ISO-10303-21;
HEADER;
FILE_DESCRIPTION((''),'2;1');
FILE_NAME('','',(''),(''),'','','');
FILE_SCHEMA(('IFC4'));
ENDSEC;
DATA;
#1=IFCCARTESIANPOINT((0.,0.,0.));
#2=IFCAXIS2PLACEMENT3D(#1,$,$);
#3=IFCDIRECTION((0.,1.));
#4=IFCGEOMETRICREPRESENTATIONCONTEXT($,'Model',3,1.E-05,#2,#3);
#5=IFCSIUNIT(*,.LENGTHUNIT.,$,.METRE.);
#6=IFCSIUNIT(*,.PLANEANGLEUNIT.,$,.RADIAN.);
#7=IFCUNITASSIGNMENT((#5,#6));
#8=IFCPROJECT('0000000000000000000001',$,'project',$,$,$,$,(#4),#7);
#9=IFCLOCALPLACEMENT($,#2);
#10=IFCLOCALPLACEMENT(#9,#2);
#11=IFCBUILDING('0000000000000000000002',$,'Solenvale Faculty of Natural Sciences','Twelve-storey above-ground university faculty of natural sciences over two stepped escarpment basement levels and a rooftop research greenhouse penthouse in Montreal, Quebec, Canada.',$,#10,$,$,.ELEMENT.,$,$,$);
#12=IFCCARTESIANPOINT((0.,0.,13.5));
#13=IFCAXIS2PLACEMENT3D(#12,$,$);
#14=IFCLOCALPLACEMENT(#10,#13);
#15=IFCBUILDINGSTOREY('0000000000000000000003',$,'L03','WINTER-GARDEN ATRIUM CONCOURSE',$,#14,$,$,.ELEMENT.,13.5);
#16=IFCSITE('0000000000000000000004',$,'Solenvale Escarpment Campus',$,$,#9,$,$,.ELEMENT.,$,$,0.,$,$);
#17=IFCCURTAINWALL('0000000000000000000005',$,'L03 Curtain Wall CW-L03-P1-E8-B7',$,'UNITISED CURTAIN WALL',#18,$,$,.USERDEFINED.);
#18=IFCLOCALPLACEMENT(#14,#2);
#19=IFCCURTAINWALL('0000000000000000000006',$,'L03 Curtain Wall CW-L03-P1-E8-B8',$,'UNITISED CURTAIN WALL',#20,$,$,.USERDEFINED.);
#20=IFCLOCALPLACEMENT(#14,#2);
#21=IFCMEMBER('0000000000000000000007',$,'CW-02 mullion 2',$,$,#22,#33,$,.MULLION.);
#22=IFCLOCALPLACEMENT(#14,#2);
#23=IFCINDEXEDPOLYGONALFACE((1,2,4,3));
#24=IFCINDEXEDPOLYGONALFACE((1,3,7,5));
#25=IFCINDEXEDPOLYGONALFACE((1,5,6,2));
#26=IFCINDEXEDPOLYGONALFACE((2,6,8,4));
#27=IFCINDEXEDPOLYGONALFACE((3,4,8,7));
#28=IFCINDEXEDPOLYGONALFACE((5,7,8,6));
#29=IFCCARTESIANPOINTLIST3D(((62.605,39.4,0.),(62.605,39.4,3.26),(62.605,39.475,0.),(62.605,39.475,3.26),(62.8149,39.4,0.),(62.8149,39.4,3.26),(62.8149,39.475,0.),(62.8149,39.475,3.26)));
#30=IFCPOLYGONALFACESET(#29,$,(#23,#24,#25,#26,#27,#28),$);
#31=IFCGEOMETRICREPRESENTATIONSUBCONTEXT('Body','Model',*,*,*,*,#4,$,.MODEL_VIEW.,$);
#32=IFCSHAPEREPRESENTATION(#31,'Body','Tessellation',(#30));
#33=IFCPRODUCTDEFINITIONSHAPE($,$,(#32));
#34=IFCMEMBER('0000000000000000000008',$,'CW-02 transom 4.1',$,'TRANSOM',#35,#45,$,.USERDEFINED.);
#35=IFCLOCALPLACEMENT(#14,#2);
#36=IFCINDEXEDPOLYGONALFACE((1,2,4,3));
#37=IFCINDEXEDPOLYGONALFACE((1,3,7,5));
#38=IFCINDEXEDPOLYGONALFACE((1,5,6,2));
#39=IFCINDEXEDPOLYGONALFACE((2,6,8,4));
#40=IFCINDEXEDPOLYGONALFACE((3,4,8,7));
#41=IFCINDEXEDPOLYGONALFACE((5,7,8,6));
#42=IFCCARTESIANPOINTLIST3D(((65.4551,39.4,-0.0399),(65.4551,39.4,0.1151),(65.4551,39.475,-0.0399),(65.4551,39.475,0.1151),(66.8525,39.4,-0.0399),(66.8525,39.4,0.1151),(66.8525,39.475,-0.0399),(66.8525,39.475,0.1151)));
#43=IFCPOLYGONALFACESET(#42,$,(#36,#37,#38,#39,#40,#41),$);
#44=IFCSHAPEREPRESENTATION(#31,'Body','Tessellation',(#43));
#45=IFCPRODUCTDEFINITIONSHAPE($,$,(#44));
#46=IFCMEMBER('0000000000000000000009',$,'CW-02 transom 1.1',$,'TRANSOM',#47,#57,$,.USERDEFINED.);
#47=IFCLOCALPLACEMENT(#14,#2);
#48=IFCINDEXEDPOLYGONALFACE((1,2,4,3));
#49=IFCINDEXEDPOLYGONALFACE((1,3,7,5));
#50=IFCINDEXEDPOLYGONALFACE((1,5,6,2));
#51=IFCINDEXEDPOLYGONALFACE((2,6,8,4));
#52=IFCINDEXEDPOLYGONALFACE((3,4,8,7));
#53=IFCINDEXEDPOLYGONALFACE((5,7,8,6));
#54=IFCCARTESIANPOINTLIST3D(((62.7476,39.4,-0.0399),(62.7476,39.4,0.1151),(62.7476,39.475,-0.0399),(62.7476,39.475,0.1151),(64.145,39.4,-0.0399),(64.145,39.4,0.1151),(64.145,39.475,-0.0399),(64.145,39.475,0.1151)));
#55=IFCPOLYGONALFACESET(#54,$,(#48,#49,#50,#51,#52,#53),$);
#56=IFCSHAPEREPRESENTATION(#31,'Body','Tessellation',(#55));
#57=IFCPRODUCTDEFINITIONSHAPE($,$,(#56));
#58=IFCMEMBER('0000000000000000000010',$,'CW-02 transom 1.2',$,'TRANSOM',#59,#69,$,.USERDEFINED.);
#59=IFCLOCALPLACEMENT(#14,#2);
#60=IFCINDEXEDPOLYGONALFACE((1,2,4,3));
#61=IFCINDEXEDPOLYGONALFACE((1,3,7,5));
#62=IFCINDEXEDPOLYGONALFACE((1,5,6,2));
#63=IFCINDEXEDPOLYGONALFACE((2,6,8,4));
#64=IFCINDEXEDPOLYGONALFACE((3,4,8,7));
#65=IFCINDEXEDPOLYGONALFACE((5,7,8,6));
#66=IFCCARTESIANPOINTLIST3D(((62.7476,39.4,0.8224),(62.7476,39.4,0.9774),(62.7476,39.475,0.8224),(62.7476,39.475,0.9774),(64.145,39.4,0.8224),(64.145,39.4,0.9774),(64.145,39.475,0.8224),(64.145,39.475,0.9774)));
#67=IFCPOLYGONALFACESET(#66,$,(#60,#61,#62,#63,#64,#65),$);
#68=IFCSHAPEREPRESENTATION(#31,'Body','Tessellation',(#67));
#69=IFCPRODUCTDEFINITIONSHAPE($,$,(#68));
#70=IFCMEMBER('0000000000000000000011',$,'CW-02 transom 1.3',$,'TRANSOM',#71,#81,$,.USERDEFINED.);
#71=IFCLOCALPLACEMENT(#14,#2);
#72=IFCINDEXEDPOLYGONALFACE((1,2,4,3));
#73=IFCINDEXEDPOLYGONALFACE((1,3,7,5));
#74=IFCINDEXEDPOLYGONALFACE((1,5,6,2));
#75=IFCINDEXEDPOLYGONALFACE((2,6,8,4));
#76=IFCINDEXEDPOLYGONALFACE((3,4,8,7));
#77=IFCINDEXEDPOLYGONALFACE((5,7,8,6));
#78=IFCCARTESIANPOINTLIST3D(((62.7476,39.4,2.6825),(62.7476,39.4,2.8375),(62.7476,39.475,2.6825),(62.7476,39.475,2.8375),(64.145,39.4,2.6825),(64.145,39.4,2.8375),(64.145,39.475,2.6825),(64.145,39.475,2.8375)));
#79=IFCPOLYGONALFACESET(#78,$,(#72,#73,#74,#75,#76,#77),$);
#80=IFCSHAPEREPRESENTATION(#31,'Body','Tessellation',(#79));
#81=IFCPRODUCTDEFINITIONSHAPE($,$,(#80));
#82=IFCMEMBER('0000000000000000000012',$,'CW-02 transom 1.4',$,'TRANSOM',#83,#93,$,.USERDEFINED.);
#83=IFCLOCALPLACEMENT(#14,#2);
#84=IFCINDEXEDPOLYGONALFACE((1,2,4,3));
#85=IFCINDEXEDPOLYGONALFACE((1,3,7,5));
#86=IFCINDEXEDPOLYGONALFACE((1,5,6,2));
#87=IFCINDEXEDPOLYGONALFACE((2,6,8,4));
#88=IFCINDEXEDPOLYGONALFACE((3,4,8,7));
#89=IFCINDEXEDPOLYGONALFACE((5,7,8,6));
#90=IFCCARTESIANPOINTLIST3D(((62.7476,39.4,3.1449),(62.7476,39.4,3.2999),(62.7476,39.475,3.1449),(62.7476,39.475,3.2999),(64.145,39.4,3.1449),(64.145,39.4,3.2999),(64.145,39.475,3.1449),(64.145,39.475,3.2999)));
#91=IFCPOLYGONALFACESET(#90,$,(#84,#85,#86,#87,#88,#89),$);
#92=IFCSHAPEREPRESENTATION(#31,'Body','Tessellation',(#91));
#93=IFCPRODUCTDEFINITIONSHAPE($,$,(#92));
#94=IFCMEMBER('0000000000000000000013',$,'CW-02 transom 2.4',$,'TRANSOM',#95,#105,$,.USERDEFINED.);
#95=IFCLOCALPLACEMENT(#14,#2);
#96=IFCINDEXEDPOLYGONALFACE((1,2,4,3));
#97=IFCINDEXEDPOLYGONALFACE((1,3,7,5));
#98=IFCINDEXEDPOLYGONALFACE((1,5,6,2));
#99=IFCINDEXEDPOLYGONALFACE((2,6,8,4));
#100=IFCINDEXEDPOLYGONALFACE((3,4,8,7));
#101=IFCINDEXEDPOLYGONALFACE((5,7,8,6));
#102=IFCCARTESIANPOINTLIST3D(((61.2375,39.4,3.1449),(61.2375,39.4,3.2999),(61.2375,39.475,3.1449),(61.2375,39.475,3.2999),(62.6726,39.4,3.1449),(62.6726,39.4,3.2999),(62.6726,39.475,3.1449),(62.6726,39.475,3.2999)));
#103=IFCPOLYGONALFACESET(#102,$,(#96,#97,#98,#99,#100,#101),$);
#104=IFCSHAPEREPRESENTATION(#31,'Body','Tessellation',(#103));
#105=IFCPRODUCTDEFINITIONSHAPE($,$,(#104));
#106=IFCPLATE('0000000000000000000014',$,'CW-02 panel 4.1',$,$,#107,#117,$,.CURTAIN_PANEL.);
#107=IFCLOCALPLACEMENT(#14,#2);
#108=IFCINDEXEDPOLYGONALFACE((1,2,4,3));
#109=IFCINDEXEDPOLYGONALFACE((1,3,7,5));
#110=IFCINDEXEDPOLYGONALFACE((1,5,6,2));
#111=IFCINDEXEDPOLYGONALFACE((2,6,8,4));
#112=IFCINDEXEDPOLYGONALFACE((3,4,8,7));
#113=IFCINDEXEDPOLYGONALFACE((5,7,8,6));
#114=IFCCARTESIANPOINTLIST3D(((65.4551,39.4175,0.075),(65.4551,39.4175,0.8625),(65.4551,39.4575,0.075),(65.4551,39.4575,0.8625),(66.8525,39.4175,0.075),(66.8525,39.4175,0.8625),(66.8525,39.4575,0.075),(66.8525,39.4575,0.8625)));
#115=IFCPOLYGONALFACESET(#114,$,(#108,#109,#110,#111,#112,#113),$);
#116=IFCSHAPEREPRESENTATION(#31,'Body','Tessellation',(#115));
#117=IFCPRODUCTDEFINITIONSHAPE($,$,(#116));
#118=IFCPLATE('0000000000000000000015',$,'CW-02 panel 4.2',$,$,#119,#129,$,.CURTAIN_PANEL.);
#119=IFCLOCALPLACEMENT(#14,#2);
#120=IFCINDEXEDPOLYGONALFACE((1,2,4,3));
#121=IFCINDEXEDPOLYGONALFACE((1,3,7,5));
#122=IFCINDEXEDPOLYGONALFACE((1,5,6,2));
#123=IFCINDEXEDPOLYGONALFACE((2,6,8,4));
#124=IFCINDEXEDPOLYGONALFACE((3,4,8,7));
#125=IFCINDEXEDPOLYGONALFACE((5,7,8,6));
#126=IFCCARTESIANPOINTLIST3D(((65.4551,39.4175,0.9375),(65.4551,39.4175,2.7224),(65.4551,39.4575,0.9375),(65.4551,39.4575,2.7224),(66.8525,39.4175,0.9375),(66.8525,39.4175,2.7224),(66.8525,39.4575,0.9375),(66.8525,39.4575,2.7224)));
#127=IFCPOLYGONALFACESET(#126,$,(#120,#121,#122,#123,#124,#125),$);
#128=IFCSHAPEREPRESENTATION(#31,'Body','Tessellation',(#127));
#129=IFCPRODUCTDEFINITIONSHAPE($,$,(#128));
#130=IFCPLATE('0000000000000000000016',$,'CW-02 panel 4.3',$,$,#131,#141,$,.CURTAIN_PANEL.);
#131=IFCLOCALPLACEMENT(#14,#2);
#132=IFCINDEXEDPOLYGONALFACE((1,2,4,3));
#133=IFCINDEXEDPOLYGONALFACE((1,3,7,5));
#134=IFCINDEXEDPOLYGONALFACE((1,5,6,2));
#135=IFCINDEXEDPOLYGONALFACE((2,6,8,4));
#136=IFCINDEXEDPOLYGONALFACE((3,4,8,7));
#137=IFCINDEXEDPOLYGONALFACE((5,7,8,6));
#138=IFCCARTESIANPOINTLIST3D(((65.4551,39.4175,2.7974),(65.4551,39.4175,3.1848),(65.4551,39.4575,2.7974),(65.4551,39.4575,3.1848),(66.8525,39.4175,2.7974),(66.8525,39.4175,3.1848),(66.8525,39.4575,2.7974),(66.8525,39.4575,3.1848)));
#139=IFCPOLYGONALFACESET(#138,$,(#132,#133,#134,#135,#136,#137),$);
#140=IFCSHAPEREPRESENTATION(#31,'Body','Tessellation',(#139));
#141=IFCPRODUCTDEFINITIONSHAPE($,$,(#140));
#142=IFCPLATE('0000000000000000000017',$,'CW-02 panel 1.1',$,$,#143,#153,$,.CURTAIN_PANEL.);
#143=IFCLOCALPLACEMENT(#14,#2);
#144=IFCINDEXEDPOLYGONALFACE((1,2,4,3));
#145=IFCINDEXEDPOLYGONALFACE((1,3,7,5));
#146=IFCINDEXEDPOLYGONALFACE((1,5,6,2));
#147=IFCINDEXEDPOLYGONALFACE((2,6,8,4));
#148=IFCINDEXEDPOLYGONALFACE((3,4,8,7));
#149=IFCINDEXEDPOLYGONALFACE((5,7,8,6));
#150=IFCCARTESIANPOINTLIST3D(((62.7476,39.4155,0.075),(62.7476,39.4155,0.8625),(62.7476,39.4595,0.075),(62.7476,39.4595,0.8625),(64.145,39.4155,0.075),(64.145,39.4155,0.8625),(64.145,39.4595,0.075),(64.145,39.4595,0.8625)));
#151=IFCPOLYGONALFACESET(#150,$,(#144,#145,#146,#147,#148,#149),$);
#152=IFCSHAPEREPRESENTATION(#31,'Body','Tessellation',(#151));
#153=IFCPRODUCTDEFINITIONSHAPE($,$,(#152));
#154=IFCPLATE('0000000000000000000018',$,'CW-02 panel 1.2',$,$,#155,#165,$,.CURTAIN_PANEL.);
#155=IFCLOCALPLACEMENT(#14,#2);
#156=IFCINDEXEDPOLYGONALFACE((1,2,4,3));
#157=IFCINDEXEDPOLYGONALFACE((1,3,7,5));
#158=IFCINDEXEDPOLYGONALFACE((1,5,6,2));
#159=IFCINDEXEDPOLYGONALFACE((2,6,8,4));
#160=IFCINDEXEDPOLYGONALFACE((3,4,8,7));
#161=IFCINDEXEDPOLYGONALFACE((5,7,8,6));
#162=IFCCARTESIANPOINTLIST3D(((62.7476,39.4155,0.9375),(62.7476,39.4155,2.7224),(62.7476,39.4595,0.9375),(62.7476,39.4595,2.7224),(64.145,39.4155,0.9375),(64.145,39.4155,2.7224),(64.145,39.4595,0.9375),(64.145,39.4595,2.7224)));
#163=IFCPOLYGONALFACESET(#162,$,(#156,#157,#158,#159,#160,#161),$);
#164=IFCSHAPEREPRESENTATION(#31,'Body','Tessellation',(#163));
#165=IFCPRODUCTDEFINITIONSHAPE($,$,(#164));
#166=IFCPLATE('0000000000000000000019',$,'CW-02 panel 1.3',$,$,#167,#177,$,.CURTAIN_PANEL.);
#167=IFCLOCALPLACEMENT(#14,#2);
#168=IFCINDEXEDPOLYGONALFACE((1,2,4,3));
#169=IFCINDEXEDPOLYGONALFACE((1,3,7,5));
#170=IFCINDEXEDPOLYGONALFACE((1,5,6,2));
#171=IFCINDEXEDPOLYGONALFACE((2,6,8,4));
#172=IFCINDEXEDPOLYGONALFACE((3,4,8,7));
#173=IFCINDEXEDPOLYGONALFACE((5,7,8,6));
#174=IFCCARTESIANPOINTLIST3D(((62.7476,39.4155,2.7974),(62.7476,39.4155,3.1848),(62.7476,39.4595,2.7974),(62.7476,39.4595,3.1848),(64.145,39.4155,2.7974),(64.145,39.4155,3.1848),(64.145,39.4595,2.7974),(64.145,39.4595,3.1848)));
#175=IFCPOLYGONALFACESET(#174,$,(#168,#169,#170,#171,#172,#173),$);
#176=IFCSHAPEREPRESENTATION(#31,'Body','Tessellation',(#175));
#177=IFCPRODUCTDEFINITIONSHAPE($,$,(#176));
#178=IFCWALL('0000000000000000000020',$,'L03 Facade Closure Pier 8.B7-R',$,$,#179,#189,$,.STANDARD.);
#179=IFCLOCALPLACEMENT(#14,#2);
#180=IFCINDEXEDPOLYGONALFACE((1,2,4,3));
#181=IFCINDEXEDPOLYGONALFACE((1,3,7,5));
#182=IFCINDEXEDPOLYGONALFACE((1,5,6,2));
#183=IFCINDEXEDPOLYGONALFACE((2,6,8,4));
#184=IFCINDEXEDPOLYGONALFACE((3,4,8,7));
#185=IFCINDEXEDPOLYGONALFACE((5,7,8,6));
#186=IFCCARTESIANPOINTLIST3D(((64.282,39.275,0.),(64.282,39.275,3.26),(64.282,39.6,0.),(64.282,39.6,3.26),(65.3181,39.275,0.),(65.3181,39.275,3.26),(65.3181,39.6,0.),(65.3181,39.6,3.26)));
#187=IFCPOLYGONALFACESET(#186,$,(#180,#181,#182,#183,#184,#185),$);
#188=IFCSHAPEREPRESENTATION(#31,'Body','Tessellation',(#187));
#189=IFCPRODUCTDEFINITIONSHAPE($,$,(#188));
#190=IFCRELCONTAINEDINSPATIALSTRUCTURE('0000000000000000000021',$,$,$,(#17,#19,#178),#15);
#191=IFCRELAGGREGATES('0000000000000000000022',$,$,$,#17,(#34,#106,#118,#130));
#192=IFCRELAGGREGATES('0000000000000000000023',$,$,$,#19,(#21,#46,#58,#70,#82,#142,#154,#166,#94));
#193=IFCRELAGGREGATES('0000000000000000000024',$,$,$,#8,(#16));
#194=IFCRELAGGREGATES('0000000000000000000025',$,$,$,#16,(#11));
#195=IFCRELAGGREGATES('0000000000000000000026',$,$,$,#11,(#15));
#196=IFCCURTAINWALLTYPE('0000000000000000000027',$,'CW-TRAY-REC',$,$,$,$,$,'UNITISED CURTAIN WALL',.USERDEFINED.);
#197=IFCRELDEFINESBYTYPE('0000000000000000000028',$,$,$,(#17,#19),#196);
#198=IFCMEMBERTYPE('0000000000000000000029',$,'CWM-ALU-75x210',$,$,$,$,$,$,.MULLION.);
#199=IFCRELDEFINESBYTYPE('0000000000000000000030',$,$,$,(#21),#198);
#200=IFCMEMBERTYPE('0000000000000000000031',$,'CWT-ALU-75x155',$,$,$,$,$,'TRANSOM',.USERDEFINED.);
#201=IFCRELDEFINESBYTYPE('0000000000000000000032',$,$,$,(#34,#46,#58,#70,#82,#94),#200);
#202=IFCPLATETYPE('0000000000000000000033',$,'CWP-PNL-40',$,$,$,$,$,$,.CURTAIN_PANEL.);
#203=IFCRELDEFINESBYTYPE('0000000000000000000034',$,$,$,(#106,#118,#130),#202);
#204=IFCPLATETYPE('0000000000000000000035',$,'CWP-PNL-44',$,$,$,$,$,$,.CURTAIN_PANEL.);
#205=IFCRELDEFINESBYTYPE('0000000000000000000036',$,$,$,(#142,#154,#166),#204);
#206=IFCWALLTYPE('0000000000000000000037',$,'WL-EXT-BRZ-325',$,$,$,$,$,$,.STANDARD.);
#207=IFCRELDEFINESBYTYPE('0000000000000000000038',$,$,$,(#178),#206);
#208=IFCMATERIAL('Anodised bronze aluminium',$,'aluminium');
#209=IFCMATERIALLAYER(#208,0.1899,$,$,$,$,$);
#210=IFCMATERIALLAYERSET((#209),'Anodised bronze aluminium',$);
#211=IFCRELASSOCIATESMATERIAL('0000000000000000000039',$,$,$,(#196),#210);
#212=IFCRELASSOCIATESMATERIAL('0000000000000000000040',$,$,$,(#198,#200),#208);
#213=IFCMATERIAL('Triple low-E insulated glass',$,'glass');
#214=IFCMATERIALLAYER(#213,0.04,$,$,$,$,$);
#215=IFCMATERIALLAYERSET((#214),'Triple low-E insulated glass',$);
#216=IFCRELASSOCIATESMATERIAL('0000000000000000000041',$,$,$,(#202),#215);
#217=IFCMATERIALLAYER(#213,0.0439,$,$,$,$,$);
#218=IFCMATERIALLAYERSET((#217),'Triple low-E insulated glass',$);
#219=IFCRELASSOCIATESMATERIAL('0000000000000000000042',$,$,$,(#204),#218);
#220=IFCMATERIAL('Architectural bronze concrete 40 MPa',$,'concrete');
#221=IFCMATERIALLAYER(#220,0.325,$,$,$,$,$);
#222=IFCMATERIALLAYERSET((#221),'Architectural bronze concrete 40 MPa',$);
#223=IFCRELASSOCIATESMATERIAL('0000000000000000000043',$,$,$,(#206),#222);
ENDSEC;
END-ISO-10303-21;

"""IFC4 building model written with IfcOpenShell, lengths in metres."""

from ifc_helpers import new_model, si_unit, direction, frame, frame_2d, origin, origin_2d, place, context, subcontext, project, spatial, rectangle, extrude, material, layer, layer_set, material_profile, profile_set, type_object, element, aggregate, save


model = new_model("IFC4")

# Units and contexts
model_context = context("Model", 3, precision=1e-05, world=origin(), true_north=direction((0.0, 1.0)))
body_context = subcontext(model_context, "Body", "Model", "MODEL_VIEW")
ifc_project = project(units=[si_unit("LENGTHUNIT", "METRE"), si_unit("PLANEANGLEUNIT", "RADIAN")], contexts=[model_context])

# Site, building, storey
site_placement = place(None, origin())
site = spatial("IfcSite", under=ifc_project, at=site_placement, Name="Solenvale Escarpment Campus", CompositionType="ELEMENT", RefElevation=0.0)
building_placement = place(site_placement, origin())
building = spatial("IfcBuilding", under=site, at=building_placement, Name="Solenvale Faculty of Natural Sciences", Description="Twelve-storey above-ground university faculty of natural sciences over two stepped escarpment basement levels and a rooftop research greenhouse penthouse in Montreal, Quebec, Canada.", CompositionType="ELEMENT")
storey_placement = place(building_placement, frame((0.0, 0.0, 13.5)))
storey = spatial("IfcBuildingStorey", under=building, at=storey_placement, Name="L03", Description="WINTER-GARDEN ATRIUM CONCOURSE", CompositionType="ELEMENT", Elevation=13.5)

# Shared definitions
ifc_material_1 = material(Name="Architectural bronze concrete 40 MPa", Category="concrete")

# Curtain wall
ifc_material_2 = material(Name="Anodised bronze aluminium", Category="aluminium")
ifc_layer_1 = layer(ifc_material_2, 0.1899)
ifc_layer_set_1 = layer_set([ifc_layer_1], Name="Anodised bronze aluminium")
curtain_wall_type = type_object("IfcCurtainWallType", Name="CW-TRAY-REC", ElementType="UNITISED CURTAIN WALL", PredefinedType="USERDEFINED", material=ifc_layer_set_1)
curtain_wall_1_placement = place(storey_placement, origin())
curtain_wall_1 = element("IfcCurtainWall", 1, at=curtain_wall_1_placement, inside=storey, type_object=curtain_wall_type, Name="L03 Curtain Wall CW-L03-P1-E8-B7", ObjectType="UNITISED CURTAIN WALL", PredefinedType="USERDEFINED")
ifc_material_profile_1 = material_profile(ifc_material_2, rectangle(XDim=0.075, YDim=0.21, at=origin_2d()), Name="ALU-MUL-75x210")
ifc_profile_set_1 = profile_set([ifc_material_profile_1], Name="Anodised bronze aluminium")
member_type_1 = type_object("IfcMemberType", Name="CWM-ALU-75x210", PredefinedType="MULLION", material=ifc_profile_set_1)

# Curtain wall, member
curtain_wall_2_placement = place(storey_placement, origin())
curtain_wall_2 = element("IfcCurtainWall", 2, at=curtain_wall_2_placement, inside=storey, type_object=curtain_wall_type, Name="L03 Curtain Wall CW-L03-P1-E8-B8", ObjectType="UNITISED CURTAIN WALL", PredefinedType="USERDEFINED")
member_1_placement = place(storey_placement, frame((62.71, 39.4375, 0.0), z_axis=(0.0, 0.0, 1.0), x_axis=(0.0, -1.0, 0.0)))
member_1 = element("IfcMember", 3, at=member_1_placement, type_object=member_type_1, Name="CW-02 mullion 2", PredefinedType="MULLION", context=body_context, shape_type="SweptSolid", body=[
    extrude(rectangle(XDim=0.075, YDim=0.21, at=origin_2d()), origin(), (0.0, 0.0, 1.0), 3.26),
])

# Members
ifc_material_profile_2 = material_profile(ifc_material_2, rectangle(XDim=0.075, YDim=0.155, at=origin_2d()), Name="ALU-TRN-75x155")
ifc_profile_set_2 = profile_set([ifc_material_profile_2], Name="Anodised bronze aluminium")
member_type_2 = type_object("IfcMemberType", Name="CWT-ALU-75x155", ElementType="TRANSOM", PredefinedType="USERDEFINED", material=ifc_profile_set_2)
member_2_placement = place(storey_placement, frame((66.8525, 39.4375, 0.0376), z_axis=(-1.0, 0.0, 0.0), x_axis=(0.0, -1.0, 0.0)))
member_2 = element("IfcMember", 4, at=member_2_placement, type_object=member_type_2, Name="CW-02 transom 4.1", ObjectType="TRANSOM", PredefinedType="USERDEFINED", context=body_context, shape_type="SweptSolid", body=[
    extrude(rectangle(XDim=0.075, YDim=0.155, at=origin_2d()), origin(), (0.0, 0.0, 1.0), 1.3975),
])
member_3_placement = place(storey_placement, frame((64.145, 39.4375, 0.0376), z_axis=(-1.0, 0.0, 0.0), x_axis=(0.0, -1.0, 0.0)))
member_3 = element("IfcMember", 5, at=member_3_placement, type_object=member_type_2, Name="CW-02 transom 1.1", ObjectType="TRANSOM", PredefinedType="USERDEFINED", context=body_context, shape_type="SweptSolid", body=[
    extrude(rectangle(XDim=0.075, YDim=0.155, at=origin_2d()), origin(), (0.0, 0.0, 1.0), 1.3975),
])
member_4_placement = place(storey_placement, frame((64.145, 39.4375, 0.8999), z_axis=(-1.0, 0.0, 0.0), x_axis=(0.0, -1.0, 0.0)))
member_4 = element("IfcMember", 6, at=member_4_placement, type_object=member_type_2, Name="CW-02 transom 1.2", ObjectType="TRANSOM", PredefinedType="USERDEFINED", context=body_context, shape_type="SweptSolid", body=[
    extrude(rectangle(XDim=0.075, YDim=0.155, at=origin_2d()), origin(), (0.0, 0.0, 1.0), 1.3975),
])
member_5_placement = place(storey_placement, frame((64.145, 39.4375, 2.76), z_axis=(-1.0, 0.0, 0.0), x_axis=(0.0, -1.0, 0.0)))
member_5 = element("IfcMember", 7, at=member_5_placement, type_object=member_type_2, Name="CW-02 transom 1.3", ObjectType="TRANSOM", PredefinedType="USERDEFINED", context=body_context, shape_type="SweptSolid", body=[
    extrude(rectangle(XDim=0.075, YDim=0.155, at=origin_2d()), origin(), (0.0, 0.0, 1.0), 1.3975),
])
member_6_placement = place(storey_placement, frame((64.145, 39.4375, 3.2224), z_axis=(-1.0, 0.0, 0.0), x_axis=(0.0, -1.0, 0.0)))
member_6 = element("IfcMember", 8, at=member_6_placement, type_object=member_type_2, Name="CW-02 transom 1.4", ObjectType="TRANSOM", PredefinedType="USERDEFINED", context=body_context, shape_type="SweptSolid", body=[
    extrude(rectangle(XDim=0.075, YDim=0.155, at=origin_2d()), origin(), (0.0, 0.0, 1.0), 1.3975),
])
member_7_placement = place(storey_placement, frame((62.6726, 39.4375, 3.2224), z_axis=(-1.0, 0.0, 0.0), x_axis=(0.0, -1.0, 0.0)))
member_7 = element("IfcMember", 9, at=member_7_placement, type_object=member_type_2, Name="CW-02 transom 2.4", ObjectType="TRANSOM", PredefinedType="USERDEFINED", context=body_context, shape_type="SweptSolid", body=[
    extrude(rectangle(XDim=0.075, YDim=0.155, at=origin_2d()), origin(), (0.0, 0.0, 1.0), 1.4351),
])

# Plates
ifc_material_3 = material(Name="Triple low-E insulated glass", Category="glass")
ifc_layer_2 = layer(ifc_material_3, 0.04)
ifc_layer_set_2 = layer_set([ifc_layer_2], Name="Triple low-E insulated glass")
plate_type_1 = type_object("IfcPlateType", Name="CWP-PNL-40", PredefinedType="CURTAIN_PANEL", material=ifc_layer_set_2)
plate_1_placement = place(storey_placement, frame((66.1538, 39.4375, 0.075), z_axis=(0.0, 0.0, 1.0), x_axis=(-1.0, 0.0, 0.0)))
plate_1 = element("IfcPlate", 10, at=plate_1_placement, type_object=plate_type_1, Name="CW-02 panel 4.1", PredefinedType="CURTAIN_PANEL", context=body_context, shape_type="SweptSolid", body=[
    extrude(rectangle(XDim=1.3975, YDim=0.04, at=origin_2d()), origin(), (0.0, 0.0, 1.0), 0.7876),
])
plate_2_placement = place(storey_placement, frame((66.1538, 39.4375, 0.9375), z_axis=(0.0, 0.0, 1.0), x_axis=(-1.0, 0.0, 0.0)))
plate_2 = element("IfcPlate", 11, at=plate_2_placement, type_object=plate_type_1, Name="CW-02 panel 4.2", PredefinedType="CURTAIN_PANEL", context=body_context, shape_type="SweptSolid", body=[
    extrude(rectangle(XDim=1.3975, YDim=0.04, at=origin_2d()), origin(), (0.0, 0.0, 1.0), 1.7849),
])
plate_3_placement = place(storey_placement, frame((66.1538, 39.4375, 2.7974), z_axis=(0.0, 0.0, 1.0), x_axis=(-1.0, 0.0, 0.0)))
plate_3 = element("IfcPlate", 12, at=plate_3_placement, type_object=plate_type_1, Name="CW-02 panel 4.3", PredefinedType="CURTAIN_PANEL", context=body_context, shape_type="SweptSolid", body=[
    extrude(rectangle(XDim=1.3975, YDim=0.04, at=origin_2d()), origin(), (0.0, 0.0, 1.0), 0.3875),
])
aggregate(curtain_wall_1, [member_2, plate_1, plate_2, plate_3])
ifc_layer_3 = layer(ifc_material_3, 0.0439)
ifc_layer_set_3 = layer_set([ifc_layer_3], Name="Triple low-E insulated glass")
plate_type_2 = type_object("IfcPlateType", Name="CWP-PNL-44", PredefinedType="CURTAIN_PANEL", material=ifc_layer_set_3)
plate_4_placement = place(storey_placement, frame((63.4463, 39.4375, 0.075), z_axis=(0.0, 0.0, 1.0), x_axis=(-1.0, 0.0, 0.0)))
plate_4 = element("IfcPlate", 13, at=plate_4_placement, type_object=plate_type_2, Name="CW-02 panel 1.1", PredefinedType="CURTAIN_PANEL", context=body_context, shape_type="SweptSolid", body=[
    extrude(rectangle(XDim=1.3975, YDim=0.0439, at=origin_2d()), origin(), (0.0, 0.0, 1.0), 0.7876),
])
plate_5_placement = place(storey_placement, frame((63.4463, 39.4375, 0.9375), z_axis=(0.0, 0.0, 1.0), x_axis=(-1.0, 0.0, 0.0)))
plate_5 = element("IfcPlate", 14, at=plate_5_placement, type_object=plate_type_2, Name="CW-02 panel 1.2", PredefinedType="CURTAIN_PANEL", context=body_context, shape_type="SweptSolid", body=[
    extrude(rectangle(XDim=1.3975, YDim=0.0439, at=origin_2d()), origin(), (0.0, 0.0, 1.0), 1.7849),
])
plate_6_placement = place(storey_placement, frame((63.4463, 39.4375, 2.7974), z_axis=(0.0, 0.0, 1.0), x_axis=(-1.0, 0.0, 0.0)))
plate_6 = element("IfcPlate", 15, at=plate_6_placement, type_object=plate_type_2, Name="CW-02 panel 1.3", PredefinedType="CURTAIN_PANEL", context=body_context, shape_type="SweptSolid", body=[
    extrude(rectangle(XDim=1.3975, YDim=0.0439, at=origin_2d()), origin(), (0.0, 0.0, 1.0), 0.3875),
])
aggregate(curtain_wall_2, [member_1, member_3, member_4, member_5, member_6, plate_4, plate_5, plate_6, member_7])

# Wall
ifc_layer_4 = layer(ifc_material_1, 0.325)
ifc_layer_set_4 = layer_set([ifc_layer_4], Name="Architectural bronze concrete 40 MPa")
wall_type_1 = type_object("IfcWallType", Name="WL-EXT-BRZ-325", PredefinedType="STANDARD", material=ifc_layer_set_4)
wall_1_placement = place(storey_placement, frame((65.3181, 39.4375, 0.0), z_axis=(0.0, 0.0, 1.0), x_axis=(-1.0, 0.0, 0.0)))
element("IfcWall", 16, at=wall_1_placement, inside=storey, type_object=wall_type_1, Name="L03 Facade Closure Pier 8.B7-R", PredefinedType="STANDARD", context=body_context, shape_type="SweptSolid", body=[
    extrude(rectangle(XDim=1.0361, YDim=0.325, at=frame_2d((0.5181, 0.0))), origin(), (0.0, 0.0, 1.0), 3.26),
])

save(model, "model.ifc")
